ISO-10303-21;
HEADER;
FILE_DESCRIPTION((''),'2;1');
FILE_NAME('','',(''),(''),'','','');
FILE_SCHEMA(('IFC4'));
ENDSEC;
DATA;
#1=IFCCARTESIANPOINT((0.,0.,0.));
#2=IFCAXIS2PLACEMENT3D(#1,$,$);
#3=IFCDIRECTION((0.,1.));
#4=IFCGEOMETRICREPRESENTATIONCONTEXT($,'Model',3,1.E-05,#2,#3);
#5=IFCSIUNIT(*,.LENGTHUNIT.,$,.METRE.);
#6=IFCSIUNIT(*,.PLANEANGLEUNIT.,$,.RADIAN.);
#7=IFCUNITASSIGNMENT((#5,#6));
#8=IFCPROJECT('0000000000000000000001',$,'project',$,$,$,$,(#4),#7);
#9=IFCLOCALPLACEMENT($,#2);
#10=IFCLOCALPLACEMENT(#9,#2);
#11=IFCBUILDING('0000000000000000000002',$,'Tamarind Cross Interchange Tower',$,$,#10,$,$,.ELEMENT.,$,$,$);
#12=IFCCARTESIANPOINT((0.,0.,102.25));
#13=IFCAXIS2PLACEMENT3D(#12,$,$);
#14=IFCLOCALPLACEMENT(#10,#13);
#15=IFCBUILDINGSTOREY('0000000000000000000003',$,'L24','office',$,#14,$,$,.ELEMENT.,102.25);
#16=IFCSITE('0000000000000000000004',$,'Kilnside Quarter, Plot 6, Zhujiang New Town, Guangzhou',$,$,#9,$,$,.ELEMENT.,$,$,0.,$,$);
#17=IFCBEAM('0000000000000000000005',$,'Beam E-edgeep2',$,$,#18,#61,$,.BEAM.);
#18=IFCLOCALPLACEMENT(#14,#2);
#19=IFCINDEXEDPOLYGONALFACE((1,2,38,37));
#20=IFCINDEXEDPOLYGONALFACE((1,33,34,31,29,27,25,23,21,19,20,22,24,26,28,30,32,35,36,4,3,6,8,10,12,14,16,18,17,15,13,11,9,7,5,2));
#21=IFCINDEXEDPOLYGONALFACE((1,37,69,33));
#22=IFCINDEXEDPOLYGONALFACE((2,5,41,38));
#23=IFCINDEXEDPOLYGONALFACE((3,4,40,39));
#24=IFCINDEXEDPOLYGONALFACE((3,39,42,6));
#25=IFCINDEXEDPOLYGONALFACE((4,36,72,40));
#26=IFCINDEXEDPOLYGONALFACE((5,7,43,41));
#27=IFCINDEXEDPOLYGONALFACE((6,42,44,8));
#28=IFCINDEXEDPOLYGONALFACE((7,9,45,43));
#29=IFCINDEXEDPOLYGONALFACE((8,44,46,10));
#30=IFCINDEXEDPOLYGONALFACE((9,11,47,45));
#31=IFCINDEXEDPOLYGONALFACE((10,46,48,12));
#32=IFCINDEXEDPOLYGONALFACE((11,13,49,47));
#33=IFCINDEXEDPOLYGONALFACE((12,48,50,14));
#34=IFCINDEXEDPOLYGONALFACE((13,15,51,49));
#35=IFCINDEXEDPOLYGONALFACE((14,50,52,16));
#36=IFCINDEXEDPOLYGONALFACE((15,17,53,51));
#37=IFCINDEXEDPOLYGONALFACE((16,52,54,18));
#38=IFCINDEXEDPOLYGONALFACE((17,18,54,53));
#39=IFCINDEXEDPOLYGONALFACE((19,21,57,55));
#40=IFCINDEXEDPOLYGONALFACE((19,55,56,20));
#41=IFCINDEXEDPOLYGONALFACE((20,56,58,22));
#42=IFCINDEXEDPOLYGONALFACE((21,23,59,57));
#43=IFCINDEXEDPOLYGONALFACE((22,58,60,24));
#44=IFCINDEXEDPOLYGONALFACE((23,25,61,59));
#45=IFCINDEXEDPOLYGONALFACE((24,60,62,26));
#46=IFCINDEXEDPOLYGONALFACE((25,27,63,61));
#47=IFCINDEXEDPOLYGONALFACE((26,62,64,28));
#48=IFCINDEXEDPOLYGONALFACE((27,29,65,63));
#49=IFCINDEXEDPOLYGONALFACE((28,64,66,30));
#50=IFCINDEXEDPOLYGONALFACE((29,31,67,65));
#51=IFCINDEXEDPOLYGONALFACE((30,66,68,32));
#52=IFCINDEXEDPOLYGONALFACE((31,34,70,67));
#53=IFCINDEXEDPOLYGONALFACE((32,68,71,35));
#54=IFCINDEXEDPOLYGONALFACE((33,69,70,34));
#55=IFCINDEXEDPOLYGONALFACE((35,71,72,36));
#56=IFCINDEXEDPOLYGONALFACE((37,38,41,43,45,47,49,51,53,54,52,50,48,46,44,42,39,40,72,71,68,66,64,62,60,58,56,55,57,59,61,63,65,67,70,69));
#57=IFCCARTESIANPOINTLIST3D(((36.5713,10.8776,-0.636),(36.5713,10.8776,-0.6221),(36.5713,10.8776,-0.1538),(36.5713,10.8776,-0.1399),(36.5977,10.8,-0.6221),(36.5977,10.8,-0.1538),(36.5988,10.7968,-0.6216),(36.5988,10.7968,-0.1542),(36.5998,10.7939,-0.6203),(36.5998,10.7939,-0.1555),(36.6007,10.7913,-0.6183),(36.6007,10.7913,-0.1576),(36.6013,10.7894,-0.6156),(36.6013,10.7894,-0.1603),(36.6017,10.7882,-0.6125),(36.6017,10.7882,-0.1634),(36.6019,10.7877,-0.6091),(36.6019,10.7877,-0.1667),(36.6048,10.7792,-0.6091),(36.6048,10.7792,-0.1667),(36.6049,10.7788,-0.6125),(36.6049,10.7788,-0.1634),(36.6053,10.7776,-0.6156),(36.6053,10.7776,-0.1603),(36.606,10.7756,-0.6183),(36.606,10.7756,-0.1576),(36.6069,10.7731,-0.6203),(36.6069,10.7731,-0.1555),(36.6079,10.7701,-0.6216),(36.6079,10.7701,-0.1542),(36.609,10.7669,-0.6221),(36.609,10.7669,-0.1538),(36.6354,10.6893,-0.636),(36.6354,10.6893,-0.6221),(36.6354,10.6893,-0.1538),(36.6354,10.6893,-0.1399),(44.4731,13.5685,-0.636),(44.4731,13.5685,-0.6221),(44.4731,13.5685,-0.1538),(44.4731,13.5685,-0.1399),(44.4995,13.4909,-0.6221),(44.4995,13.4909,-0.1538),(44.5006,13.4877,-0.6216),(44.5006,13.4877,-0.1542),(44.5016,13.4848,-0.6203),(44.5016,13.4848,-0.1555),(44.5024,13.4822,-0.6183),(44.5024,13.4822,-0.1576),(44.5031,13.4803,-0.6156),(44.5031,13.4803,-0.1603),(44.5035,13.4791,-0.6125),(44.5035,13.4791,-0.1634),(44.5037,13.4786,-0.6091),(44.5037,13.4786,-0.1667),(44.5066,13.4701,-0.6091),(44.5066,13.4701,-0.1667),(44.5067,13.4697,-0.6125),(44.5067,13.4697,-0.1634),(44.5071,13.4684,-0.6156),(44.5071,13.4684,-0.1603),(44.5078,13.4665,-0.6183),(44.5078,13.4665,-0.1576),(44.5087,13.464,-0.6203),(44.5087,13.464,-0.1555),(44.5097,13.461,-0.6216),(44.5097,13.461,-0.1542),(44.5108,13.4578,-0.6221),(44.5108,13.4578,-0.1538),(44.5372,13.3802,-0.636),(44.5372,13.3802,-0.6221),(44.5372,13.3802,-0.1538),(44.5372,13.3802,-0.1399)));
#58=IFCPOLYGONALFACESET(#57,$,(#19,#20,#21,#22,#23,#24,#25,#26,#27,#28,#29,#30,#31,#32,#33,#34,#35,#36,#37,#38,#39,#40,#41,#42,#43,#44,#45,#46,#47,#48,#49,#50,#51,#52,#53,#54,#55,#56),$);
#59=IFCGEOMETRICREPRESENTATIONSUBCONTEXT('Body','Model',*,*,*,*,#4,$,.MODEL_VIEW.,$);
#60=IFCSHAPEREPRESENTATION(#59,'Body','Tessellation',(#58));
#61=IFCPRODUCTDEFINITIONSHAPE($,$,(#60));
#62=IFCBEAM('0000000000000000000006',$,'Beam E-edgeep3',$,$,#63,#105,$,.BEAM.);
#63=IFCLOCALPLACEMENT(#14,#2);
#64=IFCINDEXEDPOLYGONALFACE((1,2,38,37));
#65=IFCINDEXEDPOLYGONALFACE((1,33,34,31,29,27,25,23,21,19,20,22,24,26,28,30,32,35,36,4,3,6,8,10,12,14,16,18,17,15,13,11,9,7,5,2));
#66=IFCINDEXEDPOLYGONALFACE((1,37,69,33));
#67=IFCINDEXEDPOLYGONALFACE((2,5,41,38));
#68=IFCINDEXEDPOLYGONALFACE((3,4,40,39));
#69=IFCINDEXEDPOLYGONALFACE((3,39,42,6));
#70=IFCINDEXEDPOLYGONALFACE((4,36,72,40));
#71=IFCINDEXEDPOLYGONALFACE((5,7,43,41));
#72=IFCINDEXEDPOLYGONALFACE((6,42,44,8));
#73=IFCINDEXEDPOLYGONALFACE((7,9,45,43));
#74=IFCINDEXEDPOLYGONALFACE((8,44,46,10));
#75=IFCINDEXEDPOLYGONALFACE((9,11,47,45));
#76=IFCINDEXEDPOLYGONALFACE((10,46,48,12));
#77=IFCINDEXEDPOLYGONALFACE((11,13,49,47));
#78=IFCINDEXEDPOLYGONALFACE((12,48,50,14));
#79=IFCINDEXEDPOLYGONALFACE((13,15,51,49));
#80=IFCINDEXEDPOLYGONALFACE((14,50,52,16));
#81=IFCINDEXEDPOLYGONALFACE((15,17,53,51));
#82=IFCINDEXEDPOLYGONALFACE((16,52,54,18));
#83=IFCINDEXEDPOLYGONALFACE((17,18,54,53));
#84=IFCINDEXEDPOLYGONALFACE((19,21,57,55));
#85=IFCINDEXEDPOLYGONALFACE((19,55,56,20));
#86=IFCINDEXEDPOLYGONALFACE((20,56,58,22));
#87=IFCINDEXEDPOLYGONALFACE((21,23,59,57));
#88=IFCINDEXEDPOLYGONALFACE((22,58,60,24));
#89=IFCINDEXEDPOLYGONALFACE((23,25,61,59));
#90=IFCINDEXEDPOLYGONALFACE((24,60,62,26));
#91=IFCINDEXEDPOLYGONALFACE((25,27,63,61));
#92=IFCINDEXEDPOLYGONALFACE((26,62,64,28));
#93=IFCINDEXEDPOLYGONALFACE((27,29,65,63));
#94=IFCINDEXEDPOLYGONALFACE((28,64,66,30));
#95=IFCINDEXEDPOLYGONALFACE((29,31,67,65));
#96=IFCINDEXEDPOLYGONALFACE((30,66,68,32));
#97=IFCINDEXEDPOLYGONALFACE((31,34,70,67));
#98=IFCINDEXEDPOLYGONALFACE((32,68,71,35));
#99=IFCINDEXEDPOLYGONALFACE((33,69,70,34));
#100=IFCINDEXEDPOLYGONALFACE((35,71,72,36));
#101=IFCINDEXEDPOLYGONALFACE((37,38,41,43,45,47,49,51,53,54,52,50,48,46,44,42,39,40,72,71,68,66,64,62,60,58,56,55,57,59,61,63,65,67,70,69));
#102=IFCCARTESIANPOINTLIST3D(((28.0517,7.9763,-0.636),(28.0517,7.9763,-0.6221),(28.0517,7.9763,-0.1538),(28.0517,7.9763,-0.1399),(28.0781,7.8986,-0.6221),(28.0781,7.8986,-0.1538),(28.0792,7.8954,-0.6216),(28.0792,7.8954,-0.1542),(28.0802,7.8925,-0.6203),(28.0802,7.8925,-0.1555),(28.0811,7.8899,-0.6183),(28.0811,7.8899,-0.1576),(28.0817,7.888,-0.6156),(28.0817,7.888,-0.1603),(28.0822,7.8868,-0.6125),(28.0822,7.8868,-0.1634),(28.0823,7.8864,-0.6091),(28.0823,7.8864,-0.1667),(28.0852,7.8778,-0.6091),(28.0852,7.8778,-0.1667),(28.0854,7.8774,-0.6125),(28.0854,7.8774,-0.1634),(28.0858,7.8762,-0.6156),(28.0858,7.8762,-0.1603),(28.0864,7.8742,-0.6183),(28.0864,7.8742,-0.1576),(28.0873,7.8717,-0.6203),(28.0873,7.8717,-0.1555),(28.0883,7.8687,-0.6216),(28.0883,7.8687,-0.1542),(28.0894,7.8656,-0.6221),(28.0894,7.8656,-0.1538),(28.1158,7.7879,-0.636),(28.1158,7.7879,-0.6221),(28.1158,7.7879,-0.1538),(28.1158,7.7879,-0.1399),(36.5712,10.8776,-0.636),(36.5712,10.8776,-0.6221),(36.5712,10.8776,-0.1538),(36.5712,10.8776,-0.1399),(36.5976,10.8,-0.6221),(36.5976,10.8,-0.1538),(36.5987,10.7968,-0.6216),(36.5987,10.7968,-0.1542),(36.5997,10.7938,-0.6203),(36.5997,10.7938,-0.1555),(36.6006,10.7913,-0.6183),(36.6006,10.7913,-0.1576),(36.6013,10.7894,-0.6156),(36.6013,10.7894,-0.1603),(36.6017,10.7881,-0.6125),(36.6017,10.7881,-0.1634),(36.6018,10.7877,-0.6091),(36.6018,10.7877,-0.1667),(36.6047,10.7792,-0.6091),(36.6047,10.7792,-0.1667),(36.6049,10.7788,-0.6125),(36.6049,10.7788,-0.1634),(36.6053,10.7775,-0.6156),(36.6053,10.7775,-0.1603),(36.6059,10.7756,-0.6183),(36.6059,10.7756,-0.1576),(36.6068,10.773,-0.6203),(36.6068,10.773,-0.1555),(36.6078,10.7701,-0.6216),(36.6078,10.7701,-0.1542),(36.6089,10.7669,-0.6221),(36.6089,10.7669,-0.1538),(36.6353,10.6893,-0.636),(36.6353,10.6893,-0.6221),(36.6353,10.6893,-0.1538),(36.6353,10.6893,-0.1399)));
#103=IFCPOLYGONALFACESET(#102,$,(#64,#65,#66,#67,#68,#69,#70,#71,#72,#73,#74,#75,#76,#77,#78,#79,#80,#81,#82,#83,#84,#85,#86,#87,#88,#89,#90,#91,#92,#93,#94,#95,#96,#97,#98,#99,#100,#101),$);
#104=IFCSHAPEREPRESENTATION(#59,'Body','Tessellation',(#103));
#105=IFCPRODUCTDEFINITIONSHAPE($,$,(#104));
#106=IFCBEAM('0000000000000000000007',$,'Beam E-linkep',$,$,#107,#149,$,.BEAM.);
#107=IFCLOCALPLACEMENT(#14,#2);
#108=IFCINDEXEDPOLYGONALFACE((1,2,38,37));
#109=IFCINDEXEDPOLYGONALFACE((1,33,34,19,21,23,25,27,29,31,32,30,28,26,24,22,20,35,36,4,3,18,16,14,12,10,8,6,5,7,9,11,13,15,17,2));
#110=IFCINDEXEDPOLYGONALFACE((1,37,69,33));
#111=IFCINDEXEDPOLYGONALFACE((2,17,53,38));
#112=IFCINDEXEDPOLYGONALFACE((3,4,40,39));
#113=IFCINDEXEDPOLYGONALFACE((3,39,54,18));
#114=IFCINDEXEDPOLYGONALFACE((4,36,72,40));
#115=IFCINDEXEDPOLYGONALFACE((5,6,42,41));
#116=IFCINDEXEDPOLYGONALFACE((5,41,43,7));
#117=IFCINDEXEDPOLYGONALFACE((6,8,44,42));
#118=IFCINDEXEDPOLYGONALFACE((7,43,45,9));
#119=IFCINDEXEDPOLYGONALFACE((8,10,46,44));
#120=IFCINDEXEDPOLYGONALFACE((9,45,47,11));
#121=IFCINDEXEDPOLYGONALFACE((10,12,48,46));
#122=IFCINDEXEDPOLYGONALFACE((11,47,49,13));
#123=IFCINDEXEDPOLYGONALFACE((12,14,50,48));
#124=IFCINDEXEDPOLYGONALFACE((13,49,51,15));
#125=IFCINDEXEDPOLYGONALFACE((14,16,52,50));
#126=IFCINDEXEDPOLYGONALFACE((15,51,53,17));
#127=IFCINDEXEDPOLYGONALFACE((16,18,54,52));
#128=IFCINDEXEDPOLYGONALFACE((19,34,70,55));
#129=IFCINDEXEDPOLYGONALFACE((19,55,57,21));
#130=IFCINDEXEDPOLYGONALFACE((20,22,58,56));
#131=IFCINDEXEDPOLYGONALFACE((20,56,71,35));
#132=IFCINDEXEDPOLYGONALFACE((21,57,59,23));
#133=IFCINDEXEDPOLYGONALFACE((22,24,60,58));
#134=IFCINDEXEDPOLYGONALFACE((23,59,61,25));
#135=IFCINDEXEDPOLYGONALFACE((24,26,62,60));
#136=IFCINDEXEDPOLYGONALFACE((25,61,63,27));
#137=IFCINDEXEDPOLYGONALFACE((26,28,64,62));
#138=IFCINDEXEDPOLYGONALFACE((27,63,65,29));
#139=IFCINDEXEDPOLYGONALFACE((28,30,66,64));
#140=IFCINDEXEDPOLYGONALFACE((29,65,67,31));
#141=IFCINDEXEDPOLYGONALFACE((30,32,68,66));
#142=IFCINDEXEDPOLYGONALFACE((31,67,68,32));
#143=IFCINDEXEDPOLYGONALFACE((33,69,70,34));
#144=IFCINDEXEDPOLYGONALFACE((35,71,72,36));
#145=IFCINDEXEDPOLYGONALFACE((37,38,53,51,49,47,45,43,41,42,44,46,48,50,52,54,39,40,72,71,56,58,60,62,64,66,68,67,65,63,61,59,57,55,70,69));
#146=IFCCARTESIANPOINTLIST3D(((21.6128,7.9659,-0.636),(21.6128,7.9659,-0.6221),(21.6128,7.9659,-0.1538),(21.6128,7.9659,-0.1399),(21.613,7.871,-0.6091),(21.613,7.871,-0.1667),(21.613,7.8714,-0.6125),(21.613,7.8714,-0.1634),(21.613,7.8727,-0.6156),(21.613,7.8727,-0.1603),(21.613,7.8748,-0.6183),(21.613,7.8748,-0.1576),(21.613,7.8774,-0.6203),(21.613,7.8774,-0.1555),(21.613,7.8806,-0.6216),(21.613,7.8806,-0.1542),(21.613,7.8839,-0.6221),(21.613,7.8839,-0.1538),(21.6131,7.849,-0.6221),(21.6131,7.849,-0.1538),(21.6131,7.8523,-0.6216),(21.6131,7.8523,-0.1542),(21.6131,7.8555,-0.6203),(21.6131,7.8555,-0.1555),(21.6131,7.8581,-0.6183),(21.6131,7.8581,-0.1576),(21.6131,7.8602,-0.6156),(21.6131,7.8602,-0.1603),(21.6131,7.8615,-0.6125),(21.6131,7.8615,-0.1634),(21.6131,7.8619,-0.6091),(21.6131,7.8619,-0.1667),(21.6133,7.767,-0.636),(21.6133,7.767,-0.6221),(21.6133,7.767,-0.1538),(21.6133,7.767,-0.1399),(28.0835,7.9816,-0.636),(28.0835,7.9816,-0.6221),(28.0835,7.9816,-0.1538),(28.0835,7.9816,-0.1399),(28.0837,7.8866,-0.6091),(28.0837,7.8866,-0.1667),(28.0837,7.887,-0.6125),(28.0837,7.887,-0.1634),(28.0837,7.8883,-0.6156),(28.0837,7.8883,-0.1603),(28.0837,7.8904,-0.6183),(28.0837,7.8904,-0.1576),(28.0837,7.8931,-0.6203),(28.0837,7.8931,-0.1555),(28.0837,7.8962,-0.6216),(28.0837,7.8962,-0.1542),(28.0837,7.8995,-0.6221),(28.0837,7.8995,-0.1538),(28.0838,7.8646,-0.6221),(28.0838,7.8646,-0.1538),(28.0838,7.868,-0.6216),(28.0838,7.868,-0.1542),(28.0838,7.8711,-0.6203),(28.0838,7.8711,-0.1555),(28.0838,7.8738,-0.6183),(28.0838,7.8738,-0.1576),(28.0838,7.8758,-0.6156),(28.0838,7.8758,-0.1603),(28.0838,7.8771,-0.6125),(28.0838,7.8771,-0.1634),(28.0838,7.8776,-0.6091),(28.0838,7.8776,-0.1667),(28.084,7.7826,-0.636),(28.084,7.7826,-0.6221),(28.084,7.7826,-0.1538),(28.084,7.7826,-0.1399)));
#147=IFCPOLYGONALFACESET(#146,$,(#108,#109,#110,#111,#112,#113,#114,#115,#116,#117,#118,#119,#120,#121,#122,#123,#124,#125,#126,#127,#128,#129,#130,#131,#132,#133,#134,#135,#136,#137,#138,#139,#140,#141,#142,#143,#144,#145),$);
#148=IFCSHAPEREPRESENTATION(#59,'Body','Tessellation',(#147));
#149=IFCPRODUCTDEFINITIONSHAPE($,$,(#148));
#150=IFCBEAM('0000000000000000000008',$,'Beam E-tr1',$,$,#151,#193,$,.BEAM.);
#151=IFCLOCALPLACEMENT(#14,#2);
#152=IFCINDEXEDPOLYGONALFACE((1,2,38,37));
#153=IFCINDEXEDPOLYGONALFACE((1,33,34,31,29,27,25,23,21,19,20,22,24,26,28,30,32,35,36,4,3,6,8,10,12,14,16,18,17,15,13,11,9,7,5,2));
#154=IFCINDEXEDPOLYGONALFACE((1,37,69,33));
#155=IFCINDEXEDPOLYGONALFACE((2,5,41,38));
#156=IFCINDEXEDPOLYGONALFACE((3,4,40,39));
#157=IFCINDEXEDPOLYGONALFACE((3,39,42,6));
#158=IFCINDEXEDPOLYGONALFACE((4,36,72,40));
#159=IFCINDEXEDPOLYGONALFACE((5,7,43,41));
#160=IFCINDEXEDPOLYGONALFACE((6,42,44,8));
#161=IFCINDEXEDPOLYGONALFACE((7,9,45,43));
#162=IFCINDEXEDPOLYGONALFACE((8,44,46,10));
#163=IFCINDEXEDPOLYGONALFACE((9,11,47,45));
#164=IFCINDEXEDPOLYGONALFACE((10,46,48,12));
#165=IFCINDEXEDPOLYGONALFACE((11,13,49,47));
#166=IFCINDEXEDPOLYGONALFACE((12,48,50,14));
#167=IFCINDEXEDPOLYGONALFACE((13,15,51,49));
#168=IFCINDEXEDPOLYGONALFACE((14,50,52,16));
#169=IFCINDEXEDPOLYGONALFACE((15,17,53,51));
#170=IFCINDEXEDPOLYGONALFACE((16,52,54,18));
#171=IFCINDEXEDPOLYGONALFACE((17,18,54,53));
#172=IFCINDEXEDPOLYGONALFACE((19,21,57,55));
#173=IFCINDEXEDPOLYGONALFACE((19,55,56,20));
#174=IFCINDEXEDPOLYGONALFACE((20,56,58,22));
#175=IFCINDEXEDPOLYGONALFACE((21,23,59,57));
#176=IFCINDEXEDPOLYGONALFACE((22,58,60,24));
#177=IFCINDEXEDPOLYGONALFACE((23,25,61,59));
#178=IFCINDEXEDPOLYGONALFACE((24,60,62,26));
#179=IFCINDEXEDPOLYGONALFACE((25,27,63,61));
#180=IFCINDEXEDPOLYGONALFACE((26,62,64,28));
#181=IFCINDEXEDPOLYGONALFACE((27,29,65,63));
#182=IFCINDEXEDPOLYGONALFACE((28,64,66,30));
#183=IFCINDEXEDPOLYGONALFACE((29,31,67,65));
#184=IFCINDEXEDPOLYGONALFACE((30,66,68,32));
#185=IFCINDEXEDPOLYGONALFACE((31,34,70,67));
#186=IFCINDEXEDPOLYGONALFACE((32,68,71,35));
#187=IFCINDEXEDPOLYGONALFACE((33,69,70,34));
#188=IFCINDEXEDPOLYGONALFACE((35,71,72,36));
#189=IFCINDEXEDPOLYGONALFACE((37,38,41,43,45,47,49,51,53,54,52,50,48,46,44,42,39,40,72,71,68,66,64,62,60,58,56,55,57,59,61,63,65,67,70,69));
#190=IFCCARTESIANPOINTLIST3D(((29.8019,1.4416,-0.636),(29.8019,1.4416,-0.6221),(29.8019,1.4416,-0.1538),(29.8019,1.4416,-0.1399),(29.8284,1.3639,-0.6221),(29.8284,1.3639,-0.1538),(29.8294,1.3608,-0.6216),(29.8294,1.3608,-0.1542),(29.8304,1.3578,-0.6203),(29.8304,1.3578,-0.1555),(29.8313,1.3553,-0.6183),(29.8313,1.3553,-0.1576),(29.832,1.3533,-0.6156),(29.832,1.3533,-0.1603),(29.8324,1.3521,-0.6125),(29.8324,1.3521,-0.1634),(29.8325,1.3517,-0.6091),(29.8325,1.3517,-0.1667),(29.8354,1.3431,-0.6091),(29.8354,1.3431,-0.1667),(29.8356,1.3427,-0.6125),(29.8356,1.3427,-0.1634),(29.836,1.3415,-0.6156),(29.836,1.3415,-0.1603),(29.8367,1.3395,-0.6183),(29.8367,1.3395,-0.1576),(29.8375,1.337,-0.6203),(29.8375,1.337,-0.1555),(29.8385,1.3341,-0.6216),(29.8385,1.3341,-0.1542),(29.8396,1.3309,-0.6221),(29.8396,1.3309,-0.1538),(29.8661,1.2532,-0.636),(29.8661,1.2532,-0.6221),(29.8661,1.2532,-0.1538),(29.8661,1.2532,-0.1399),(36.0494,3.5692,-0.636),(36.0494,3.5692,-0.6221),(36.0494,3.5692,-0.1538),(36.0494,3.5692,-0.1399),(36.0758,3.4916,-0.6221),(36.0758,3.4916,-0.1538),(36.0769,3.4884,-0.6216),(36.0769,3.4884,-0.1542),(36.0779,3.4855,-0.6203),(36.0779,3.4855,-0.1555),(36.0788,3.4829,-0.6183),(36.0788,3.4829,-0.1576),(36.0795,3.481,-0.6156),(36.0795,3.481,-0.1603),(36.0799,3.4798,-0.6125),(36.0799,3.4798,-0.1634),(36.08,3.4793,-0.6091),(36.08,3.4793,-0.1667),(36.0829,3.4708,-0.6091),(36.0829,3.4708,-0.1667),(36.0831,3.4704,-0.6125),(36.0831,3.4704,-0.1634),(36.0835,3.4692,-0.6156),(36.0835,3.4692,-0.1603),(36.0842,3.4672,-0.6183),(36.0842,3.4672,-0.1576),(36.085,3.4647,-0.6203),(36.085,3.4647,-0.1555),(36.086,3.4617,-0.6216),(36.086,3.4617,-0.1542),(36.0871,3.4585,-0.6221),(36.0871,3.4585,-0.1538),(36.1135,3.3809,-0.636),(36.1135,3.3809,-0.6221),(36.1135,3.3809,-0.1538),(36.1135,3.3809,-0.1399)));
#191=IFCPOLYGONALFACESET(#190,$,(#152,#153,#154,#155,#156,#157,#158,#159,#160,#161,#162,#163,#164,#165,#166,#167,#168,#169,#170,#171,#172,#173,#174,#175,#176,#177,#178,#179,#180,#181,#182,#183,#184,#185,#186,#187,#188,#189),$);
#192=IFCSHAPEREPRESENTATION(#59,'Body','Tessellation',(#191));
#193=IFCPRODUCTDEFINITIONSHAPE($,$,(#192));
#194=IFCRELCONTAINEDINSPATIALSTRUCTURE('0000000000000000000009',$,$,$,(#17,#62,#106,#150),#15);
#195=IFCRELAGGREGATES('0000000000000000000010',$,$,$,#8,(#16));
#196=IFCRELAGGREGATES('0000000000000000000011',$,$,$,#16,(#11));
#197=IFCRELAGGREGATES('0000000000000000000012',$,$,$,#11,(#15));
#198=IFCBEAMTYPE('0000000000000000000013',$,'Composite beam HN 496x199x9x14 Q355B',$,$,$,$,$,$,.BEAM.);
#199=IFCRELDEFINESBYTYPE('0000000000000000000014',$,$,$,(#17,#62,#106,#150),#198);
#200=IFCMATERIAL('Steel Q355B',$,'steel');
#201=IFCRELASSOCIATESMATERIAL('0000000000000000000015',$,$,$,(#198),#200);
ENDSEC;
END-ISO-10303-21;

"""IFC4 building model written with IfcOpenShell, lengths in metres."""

from ifc_helpers import new_model, si_unit, direction, frame, origin, origin_2d, place, context, subcontext, project, spatial, i_section, extrude, material, material_profile, profile_set, type_object, element, save


model = new_model("IFC4")

# Units and contexts
model_context = context("Model", 3, precision=1e-05, world=origin(), true_north=direction((0.0, 1.0)))
body_context = subcontext(model_context, "Body", "Model", "MODEL_VIEW")
ifc_project = project(units=[si_unit("LENGTHUNIT", "METRE"), si_unit("PLANEANGLEUNIT", "RADIAN")], contexts=[model_context])

# Site, building, storey
site_placement = place(None, origin())
site = spatial("IfcSite", under=ifc_project, at=site_placement, Name="Kilnside Quarter, Plot 6, Zhujiang New Town, Guangzhou", CompositionType="ELEMENT", RefElevation=0.0)
building_placement = place(site_placement, origin())
building = spatial("IfcBuilding", under=site, at=building_placement, Name="Tamarind Cross Interchange Tower", CompositionType="ELEMENT")
storey_placement = place(building_placement, frame((0.0, 0.0, 102.25)))
storey = spatial("IfcBuildingStorey", under=building, at=storey_placement, Name="L24", Description="office", CompositionType="ELEMENT", Elevation=102.25)

# Beams
ifc_material_1 = material(Name="Steel Q355B", Category="steel")
ifc_material_profile_1 = material_profile(ifc_material_1, i_section(OverallWidth=0.199, OverallDepth=0.4961, WebThickness=0.009, FlangeThickness=0.0139, FilletRadius=0.0129, at=origin_2d()), Name="HN 496x199x9x14")
ifc_profile_set_1 = profile_set([ifc_material_profile_1], Name="Steel Q355B")
beam_type_1 = type_object("IfcBeamType", Name="Composite beam HN 496x199x9x14 Q355B", PredefinedType="BEAM", material=ifc_profile_set_1)
beam_1_placement = place(storey_placement, frame((44.5051, 13.4744, -0.3879), z_axis=(-0.946616, -0.322363, 0.0), x_axis=(0.322363, -0.946616, 0.0)))
element("IfcBeam", 1, at=beam_1_placement, inside=storey, type_object=beam_type_1, Name="Beam E-edgeep2", PredefinedType="BEAM", context=body_context, shape_type="SweptSolid", body=[
    extrude(i_section(OverallWidth=0.199, OverallDepth=0.4961, WebThickness=0.009, FlangeThickness=0.0139, FilletRadius=0.0129, at=origin_2d()), origin(), (0.0, 0.0, 1.0), 8.3474),
])
beam_2_placement = place(storey_placement, frame((36.6033, 10.7834, -0.3879), z_axis=(-0.946613, -0.322373, 0.0), x_axis=(0.322373, -0.946613, 0.0)))
element("IfcBeam", 2, at=beam_2_placement, inside=storey, type_object=beam_type_1, Name="Beam E-edgeep3", PredefinedType="BEAM", context=body_context, shape_type="SweptSolid", body=[
    extrude(i_section(OverallWidth=0.199, OverallDepth=0.4961, WebThickness=0.009, FlangeThickness=0.0139, FilletRadius=0.0129, at=origin_2d()), origin(), (0.0, 0.0, 1.0), 9.0),
])
beam_3_placement = place(storey_placement, frame((28.0837, 7.8821, -0.3879), z_axis=(-0.999997, -0.002415, 0.0), x_axis=(0.002415, -0.999997, 0.0)))
element("IfcBeam", 3, at=beam_3_placement, inside=storey, type_object=beam_type_1, Name="Beam E-linkep", PredefinedType="BEAM", context=body_context, shape_type="SweptSolid", body=[
    extrude(i_section(OverallWidth=0.199, OverallDepth=0.4961, WebThickness=0.009, FlangeThickness=0.0139, FilletRadius=0.0129, at=origin_2d()), origin(), (0.0, 0.0, 1.0), 6.4707),
])
for number, where, z_axis, x_axis, name in (
    (4, (29.834, 1.3474, -0.3879), (0.94661, 0.32238, 0.0), (-0.32238, 0.94661, 0.0), "Beam E-tr1"),
):
    element("IfcBeam", number, at=place(storey_placement, frame(where, z_axis=z_axis, x_axis=x_axis)), inside=storey, type_object=beam_type_1, Name=name, PredefinedType="BEAM", context=body_context, shape_type="SweptSolid", body=[
        extrude(i_section(OverallWidth=0.199, OverallDepth=0.4961, WebThickness=0.009, FlangeThickness=0.0139, FilletRadius=0.0129, at=origin_2d()), origin(), (0.0, 0.0, 1.0), 6.5999),
    ])

save(model, "model.ifc")
